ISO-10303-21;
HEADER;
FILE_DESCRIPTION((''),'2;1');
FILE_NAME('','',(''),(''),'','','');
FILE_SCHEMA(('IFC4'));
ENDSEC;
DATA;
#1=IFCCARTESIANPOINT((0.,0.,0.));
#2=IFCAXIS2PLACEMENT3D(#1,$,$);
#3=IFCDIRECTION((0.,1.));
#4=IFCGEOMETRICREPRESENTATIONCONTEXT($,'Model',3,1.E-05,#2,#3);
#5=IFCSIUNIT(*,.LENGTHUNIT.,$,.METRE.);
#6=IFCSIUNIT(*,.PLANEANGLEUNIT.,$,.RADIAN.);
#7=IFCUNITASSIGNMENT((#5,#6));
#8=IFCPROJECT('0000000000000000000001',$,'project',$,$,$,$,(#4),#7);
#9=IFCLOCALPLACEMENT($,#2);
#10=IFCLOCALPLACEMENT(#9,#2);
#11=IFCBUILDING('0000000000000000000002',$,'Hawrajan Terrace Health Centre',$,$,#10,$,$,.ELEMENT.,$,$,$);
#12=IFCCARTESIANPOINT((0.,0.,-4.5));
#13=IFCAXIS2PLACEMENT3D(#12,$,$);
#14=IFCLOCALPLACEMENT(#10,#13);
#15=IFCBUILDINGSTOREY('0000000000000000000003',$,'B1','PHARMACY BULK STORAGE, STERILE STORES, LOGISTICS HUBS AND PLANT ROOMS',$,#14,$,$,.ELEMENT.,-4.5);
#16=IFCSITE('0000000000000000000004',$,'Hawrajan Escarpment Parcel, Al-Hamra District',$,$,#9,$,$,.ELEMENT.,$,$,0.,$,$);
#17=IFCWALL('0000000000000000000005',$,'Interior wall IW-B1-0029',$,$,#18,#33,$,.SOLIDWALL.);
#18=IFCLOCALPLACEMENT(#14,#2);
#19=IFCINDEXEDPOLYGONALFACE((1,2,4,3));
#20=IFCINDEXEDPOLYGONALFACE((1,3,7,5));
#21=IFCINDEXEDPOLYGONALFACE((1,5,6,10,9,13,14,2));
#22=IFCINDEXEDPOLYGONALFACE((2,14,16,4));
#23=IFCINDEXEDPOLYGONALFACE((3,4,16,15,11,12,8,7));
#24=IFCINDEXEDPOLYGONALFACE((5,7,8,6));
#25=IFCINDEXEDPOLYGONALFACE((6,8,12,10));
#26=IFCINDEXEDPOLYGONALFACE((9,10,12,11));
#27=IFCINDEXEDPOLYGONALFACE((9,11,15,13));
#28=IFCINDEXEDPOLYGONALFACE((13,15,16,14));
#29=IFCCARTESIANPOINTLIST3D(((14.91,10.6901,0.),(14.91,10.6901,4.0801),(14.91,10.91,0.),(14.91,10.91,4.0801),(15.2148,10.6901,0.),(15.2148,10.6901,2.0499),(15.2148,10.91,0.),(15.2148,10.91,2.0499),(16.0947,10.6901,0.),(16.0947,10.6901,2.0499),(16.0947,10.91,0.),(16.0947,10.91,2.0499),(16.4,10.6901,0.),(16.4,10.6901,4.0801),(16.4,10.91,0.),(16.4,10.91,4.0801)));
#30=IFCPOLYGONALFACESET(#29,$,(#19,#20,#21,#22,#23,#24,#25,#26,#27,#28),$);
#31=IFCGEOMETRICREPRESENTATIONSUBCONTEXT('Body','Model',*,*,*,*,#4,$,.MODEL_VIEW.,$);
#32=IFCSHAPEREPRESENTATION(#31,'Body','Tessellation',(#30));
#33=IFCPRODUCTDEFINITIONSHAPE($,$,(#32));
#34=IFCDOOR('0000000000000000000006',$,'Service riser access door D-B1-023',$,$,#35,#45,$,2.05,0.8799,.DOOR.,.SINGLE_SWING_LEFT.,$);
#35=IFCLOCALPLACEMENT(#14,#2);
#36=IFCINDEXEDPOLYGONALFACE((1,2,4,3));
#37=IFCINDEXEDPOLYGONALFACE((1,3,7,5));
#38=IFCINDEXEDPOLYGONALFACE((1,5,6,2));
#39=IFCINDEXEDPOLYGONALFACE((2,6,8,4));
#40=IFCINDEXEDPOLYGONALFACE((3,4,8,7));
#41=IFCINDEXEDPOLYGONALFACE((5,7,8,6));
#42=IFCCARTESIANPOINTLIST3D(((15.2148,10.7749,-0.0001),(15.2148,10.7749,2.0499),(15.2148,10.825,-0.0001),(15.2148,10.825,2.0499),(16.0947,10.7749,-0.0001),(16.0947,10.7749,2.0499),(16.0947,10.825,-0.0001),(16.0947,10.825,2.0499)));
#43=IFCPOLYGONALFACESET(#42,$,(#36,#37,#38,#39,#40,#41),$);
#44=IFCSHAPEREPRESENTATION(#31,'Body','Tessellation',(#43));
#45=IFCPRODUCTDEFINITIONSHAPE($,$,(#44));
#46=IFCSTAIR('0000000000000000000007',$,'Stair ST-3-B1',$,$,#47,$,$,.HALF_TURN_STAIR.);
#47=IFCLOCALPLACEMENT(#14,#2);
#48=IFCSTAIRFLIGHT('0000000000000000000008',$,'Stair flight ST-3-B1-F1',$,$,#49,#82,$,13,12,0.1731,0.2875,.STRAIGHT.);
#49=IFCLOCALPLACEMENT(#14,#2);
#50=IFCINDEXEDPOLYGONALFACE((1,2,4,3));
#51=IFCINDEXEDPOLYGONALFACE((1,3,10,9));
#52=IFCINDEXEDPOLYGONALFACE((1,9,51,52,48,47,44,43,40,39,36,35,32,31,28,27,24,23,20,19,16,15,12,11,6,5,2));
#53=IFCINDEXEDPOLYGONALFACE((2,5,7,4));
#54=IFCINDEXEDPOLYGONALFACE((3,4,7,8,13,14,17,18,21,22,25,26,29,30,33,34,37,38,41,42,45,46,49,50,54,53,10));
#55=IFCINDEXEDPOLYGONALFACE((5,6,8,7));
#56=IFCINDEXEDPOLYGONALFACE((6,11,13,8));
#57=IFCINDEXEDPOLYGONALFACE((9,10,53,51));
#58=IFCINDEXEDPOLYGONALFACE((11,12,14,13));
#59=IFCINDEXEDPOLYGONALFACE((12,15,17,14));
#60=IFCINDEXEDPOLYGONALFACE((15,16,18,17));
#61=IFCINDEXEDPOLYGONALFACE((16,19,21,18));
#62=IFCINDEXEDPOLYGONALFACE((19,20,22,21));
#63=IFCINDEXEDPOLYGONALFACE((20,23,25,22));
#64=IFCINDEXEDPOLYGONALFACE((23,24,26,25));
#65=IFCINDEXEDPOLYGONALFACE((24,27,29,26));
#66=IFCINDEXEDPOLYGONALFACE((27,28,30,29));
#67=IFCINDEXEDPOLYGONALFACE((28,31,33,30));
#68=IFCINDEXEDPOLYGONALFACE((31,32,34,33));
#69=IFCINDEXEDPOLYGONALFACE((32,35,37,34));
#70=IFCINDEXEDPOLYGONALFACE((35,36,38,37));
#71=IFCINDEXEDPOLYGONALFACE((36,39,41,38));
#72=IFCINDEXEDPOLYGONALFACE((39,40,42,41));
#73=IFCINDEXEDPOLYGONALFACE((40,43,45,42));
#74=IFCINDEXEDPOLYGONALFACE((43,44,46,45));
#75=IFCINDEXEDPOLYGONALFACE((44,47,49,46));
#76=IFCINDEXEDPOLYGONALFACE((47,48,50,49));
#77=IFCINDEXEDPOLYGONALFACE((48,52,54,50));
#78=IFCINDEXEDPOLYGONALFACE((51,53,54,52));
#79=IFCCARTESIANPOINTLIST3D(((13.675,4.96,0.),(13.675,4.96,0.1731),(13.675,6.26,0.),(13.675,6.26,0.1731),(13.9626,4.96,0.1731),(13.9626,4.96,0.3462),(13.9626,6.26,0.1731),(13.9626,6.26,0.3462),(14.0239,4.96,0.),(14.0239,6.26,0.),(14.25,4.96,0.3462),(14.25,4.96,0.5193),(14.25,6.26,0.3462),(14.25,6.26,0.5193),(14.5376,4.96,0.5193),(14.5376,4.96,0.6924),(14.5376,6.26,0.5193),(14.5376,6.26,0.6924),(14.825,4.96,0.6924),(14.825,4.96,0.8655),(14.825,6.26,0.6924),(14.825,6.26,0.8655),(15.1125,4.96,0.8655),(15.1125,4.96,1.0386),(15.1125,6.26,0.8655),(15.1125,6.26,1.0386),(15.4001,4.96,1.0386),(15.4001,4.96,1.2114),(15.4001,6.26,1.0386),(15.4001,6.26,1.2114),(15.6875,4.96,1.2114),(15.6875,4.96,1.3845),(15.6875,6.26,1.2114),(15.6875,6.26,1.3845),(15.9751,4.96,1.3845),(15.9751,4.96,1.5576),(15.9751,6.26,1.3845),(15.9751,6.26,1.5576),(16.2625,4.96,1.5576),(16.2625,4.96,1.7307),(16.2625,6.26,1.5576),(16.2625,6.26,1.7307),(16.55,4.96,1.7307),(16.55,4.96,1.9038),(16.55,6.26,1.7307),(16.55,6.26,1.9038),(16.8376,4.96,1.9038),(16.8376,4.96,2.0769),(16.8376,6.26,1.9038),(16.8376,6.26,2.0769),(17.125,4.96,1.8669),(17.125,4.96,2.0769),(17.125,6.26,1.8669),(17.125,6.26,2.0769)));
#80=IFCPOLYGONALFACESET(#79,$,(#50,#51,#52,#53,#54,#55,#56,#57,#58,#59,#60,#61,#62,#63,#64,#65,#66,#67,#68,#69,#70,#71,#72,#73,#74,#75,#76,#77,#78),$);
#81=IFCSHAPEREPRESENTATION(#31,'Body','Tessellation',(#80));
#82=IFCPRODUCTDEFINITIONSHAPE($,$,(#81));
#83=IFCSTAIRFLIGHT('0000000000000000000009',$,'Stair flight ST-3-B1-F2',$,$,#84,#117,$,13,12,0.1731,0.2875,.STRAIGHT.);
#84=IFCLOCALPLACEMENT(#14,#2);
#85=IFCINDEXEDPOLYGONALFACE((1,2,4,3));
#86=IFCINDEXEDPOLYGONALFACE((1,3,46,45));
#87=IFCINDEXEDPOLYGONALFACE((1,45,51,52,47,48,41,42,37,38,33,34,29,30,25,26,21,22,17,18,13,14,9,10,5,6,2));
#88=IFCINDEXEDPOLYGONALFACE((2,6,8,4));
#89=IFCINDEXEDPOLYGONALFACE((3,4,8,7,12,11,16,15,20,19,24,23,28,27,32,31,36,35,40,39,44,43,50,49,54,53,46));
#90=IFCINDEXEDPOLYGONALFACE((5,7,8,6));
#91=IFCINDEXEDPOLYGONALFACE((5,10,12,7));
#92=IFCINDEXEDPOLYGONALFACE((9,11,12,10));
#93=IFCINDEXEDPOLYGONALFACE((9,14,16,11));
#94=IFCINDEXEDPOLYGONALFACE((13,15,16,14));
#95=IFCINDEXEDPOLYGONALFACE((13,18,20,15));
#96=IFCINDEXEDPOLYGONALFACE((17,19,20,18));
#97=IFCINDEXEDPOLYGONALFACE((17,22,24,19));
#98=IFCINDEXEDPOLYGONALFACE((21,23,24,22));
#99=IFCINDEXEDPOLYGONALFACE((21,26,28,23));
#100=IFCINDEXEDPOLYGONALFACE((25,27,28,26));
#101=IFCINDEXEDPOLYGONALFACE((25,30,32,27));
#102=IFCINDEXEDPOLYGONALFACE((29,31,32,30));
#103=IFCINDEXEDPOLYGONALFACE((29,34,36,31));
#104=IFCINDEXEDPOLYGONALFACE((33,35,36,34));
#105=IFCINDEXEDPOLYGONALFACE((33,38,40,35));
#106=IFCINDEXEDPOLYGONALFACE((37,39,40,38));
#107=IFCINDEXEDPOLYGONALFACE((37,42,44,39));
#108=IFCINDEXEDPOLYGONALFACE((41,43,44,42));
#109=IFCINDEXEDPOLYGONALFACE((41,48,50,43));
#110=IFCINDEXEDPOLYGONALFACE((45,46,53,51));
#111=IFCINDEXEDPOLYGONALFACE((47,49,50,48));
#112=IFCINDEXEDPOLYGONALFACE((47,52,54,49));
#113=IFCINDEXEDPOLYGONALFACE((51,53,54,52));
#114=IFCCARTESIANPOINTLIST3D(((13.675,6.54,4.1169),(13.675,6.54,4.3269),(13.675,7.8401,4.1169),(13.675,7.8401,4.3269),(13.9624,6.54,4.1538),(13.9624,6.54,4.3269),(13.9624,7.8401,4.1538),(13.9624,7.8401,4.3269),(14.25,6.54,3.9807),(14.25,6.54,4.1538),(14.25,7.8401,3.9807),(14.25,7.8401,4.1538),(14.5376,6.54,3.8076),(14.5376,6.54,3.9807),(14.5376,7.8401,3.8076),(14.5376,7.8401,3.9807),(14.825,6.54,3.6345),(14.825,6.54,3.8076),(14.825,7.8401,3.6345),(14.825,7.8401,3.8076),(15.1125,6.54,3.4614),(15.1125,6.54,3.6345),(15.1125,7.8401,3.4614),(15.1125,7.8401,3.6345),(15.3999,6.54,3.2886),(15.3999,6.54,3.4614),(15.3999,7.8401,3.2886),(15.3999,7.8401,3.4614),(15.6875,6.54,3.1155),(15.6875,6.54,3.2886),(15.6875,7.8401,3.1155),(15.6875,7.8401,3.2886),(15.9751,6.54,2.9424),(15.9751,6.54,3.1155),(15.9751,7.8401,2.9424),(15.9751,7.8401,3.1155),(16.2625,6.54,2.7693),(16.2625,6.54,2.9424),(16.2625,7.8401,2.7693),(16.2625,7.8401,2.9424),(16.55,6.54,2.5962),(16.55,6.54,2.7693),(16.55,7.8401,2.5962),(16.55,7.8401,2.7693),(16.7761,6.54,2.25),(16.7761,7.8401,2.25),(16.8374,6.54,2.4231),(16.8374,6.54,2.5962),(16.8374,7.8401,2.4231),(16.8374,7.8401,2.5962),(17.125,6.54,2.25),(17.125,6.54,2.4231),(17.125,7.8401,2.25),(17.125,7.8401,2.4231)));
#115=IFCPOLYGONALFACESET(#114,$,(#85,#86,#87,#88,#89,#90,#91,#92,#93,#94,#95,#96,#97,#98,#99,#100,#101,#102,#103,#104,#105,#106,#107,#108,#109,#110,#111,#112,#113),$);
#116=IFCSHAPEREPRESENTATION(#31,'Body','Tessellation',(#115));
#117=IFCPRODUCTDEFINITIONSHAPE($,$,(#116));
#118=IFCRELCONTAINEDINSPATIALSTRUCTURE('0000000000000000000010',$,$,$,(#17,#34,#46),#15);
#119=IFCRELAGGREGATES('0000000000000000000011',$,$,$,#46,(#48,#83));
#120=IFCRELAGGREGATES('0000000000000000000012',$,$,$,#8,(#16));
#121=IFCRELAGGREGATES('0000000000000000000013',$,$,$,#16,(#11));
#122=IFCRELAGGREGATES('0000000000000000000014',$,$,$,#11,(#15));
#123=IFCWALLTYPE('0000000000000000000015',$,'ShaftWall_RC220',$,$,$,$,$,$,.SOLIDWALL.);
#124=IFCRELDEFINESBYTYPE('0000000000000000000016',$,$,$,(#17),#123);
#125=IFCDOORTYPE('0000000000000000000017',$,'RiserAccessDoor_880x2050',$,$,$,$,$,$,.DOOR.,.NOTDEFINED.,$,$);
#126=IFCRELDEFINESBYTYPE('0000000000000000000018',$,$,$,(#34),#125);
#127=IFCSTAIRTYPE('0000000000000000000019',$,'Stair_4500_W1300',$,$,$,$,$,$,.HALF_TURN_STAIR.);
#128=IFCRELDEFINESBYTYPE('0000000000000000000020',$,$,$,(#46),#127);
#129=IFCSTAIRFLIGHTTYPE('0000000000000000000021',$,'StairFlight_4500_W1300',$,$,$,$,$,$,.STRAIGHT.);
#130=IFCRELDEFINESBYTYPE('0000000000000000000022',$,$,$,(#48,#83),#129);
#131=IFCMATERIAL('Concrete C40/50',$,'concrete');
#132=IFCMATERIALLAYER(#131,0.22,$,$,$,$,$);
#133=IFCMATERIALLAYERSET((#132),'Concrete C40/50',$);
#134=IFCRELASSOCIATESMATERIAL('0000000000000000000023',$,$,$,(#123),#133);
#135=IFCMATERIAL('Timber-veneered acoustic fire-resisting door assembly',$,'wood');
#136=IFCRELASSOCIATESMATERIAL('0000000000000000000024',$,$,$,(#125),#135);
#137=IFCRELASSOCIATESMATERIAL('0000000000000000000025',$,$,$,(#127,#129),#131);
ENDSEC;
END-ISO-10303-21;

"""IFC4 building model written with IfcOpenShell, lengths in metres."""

from ifc_helpers import new_model, si_unit, direction, frame, frame_2d, origin, place, context, subcontext, project, spatial, polyline, rectangle, outline, extrude, material, layer, layer_set, type_object, element, fill, aggregate, save


model = new_model("IFC4")

# Units and contexts
model_context = context("Model", 3, precision=1e-05, world=origin(), true_north=direction((0.0, 1.0)))
body_context = subcontext(model_context, "Body", "Model", "MODEL_VIEW")
ifc_project = project(units=[si_unit("LENGTHUNIT", "METRE"), si_unit("PLANEANGLEUNIT", "RADIAN")], contexts=[model_context])

# Site, building, storey
site_placement = place(None, origin())
site = spatial("IfcSite", under=ifc_project, at=site_placement, Name="Hawrajan Escarpment Parcel, Al-Hamra District", CompositionType="ELEMENT", RefElevation=0.0)
building_placement = place(site_placement, origin())
building = spatial("IfcBuilding", under=site, at=building_placement, Name="Hawrajan Terrace Health Centre", CompositionType="ELEMENT")
storey_placement = place(building_placement, frame((0.0, 0.0, -4.5)))
storey = spatial("IfcBuildingStorey", under=building, at=storey_placement, Name="B1", Description="PHARMACY BULK STORAGE, STERILE STORES, LOGISTICS HUBS AND PLANT ROOMS", CompositionType="ELEMENT", Elevation=-4.5)

# Shared definitions
ifc_material_1 = material(Name="Concrete C40/50", Category="concrete")

# Shared definitions
ifc_material_2 = material(Name="Timber-veneered acoustic fire-resisting door assembly", Category="wood")

# Shared definitions
ifc_layer_1 = layer(ifc_material_1, 0.22)
ifc_layer_set_1 = layer_set([ifc_layer_1], Name="Concrete C40/50")
wall_type_1 = type_object("IfcWallType", Name="ShaftWall_RC220", PredefinedType="SOLIDWALL", material=ifc_layer_set_1)

# Wall, opening, door
wall_1_placement = place(storey_placement, frame((14.9099, 10.8, 0.0), z_axis=(0.0, 0.0, 1.0), x_axis=(1.0, 0.0, 0.0)))
wall_1 = element("IfcWall", 1, at=wall_1_placement, inside=storey, type_object=wall_type_1, Name="Interior wall IW-B1-0029", PredefinedType="SOLIDWALL", context=body_context, shape_type="SweptSolid", body=[
    extrude(rectangle(XDim=1.49, YDim=0.22, at=frame_2d((0.7451, 0.0))), origin(), (0.0, 0.0, 1.0), 4.0801),
])
opening_1_placement = place(wall_1_placement, frame((0.3049, 0.0, 0.0)))
opening_1 = element("IfcOpeningElement", 2, at=opening_1_placement, cuts=wall_1, PredefinedType="OPENING", context=body_context, shape_type="SweptSolid", body=[
    extrude(rectangle(XDim=0.8799, YDim=2.05, at=frame_2d((0.4399, 1.0249))), frame((0.0, 0.1199, 0.0), z_axis=(0.0, -1.0, 0.0), x_axis=(1.0, 0.0, 0.0)), (0.0, 0.0, 1.0), 0.24),
])
door_type_1 = type_object("IfcDoorType", Name="RiserAccessDoor_880x2050", OperationType="NOTDEFINED", PredefinedType="DOOR", material=ifc_material_2)
door_1_placement = place(opening_1_placement, origin())
door_1 = element("IfcDoor", 3, at=door_1_placement, inside=storey, type_object=door_type_1, Name="Service riser access door D-B1-023", OperationType="SINGLE_SWING_LEFT", OverallHeight=2.05, OverallWidth=0.8799, PredefinedType="DOOR", context=body_context, shape_type="SweptSolid", body=[
    extrude(rectangle(XDim=0.8799, YDim=2.05, at=frame_2d((0.4399, 1.0249))), frame((0.0, 0.0249, 0.0), z_axis=(0.0, -1.0, 0.0), x_axis=(1.0, 0.0, 0.0)), (0.0, 0.0, 1.0), 0.05),
])
fill(opening_1, door_1)

# Stair, stair flights
stair_type = type_object("IfcStairType", Name="Stair_4500_W1300", PredefinedType="HALF_TURN_STAIR", material=ifc_material_1)
stair_placement = place(storey_placement, origin())
stair = element("IfcStair", 4, at=stair_placement, inside=storey, type_object=stair_type, Name="Stair ST-3-B1", PredefinedType="HALF_TURN_STAIR")
stair_flight_type = type_object("IfcStairFlightType", Name="StairFlight_4500_W1300", PredefinedType="STRAIGHT", material=ifc_material_1)
stair_flight_1_placement = place(storey_placement, frame((13.675, 5.6101, 0.0), z_axis=(0.0, 0.0, 1.0), x_axis=(1.0, 0.0, 0.0)))
stair_flight_1 = element("IfcStairFlight", 5, at=stair_flight_1_placement, type_object=stair_flight_type, Name="Stair flight ST-3-B1-F1", NumberOfRisers=13, NumberOfTreads=12, PredefinedType="STRAIGHT", RiserHeight=0.1731, TreadLength=0.2875, context=body_context, shape_type="SweptSolid", body=[
    extrude(outline(polyline([(0.0, 0.0), (0.0, 0.1731), (0.2876, 0.1731), (0.2876, 0.3462), (0.575, 0.3462), (0.575, 0.5193), (0.8625, 0.5193), (0.8625, 0.6924), (1.1499, 0.6924), (1.1499, 0.8655), (1.4375, 0.8655), (1.4375, 1.0386), (1.7251, 1.0386), (1.7251, 1.2114), (2.0125, 1.2114), (2.0125, 1.3845), (2.3, 1.3845), (2.3, 1.5576), (2.5874, 1.5576), (2.5874, 1.7307), (2.875, 1.7307), (2.875, 1.9038), (3.1626, 1.9038), (3.1626, 2.0769), (3.45, 2.0769), (3.45, 2.25), (3.45, 1.8669), (0.3489, 0.0), (0.0, 0.0)])), frame((0.0, 0.6499, 0.0), z_axis=(0.0, -1.0, 0.0), x_axis=(1.0, 0.0, 0.0)), (0.0, 0.0, 1.0), 1.3),
])
stair_flight_2_placement = place(storey_placement, frame((17.125, 7.1899, 2.25), z_axis=(0.0, 0.0, 1.0), x_axis=(-1.0, 0.0, 0.0)))
stair_flight_2 = element("IfcStairFlight", 6, at=stair_flight_2_placement, type_object=stair_flight_type, Name="Stair flight ST-3-B1-F2", NumberOfRisers=13, NumberOfTreads=12, PredefinedType="STRAIGHT", RiserHeight=0.1731, TreadLength=0.2875, context=body_context, shape_type="SweptSolid", body=[
    extrude(outline(polyline([(0.0, 0.0), (0.0, 0.1731), (0.2876, 0.1731), (0.2876, 0.3462), (0.575, 0.3462), (0.575, 0.5193), (0.8625, 0.5193), (0.8625, 0.6924), (1.1499, 0.6924), (1.1499, 0.8655), (1.4375, 0.8655), (1.4375, 1.0386), (1.7251, 1.0386), (1.7251, 1.2114), (2.0125, 1.2114), (2.0125, 1.3845), (2.3, 1.3845), (2.3, 1.5576), (2.5874, 1.5576), (2.5874, 1.7307), (2.875, 1.7307), (2.875, 1.9038), (3.1626, 1.9038), (3.1626, 2.0769), (3.45, 2.0769), (3.45, 2.25), (3.45, 1.8669), (0.3489, 0.0), (0.0, 0.0)])), frame((0.0, 0.6499, 0.0), z_axis=(0.0, -1.0, 0.0), x_axis=(1.0, 0.0, 0.0)), (0.0, 0.0, 1.0), 1.3),
])
aggregate(stair, [stair_flight_1, stair_flight_2])

save(model, "model.ifc")
